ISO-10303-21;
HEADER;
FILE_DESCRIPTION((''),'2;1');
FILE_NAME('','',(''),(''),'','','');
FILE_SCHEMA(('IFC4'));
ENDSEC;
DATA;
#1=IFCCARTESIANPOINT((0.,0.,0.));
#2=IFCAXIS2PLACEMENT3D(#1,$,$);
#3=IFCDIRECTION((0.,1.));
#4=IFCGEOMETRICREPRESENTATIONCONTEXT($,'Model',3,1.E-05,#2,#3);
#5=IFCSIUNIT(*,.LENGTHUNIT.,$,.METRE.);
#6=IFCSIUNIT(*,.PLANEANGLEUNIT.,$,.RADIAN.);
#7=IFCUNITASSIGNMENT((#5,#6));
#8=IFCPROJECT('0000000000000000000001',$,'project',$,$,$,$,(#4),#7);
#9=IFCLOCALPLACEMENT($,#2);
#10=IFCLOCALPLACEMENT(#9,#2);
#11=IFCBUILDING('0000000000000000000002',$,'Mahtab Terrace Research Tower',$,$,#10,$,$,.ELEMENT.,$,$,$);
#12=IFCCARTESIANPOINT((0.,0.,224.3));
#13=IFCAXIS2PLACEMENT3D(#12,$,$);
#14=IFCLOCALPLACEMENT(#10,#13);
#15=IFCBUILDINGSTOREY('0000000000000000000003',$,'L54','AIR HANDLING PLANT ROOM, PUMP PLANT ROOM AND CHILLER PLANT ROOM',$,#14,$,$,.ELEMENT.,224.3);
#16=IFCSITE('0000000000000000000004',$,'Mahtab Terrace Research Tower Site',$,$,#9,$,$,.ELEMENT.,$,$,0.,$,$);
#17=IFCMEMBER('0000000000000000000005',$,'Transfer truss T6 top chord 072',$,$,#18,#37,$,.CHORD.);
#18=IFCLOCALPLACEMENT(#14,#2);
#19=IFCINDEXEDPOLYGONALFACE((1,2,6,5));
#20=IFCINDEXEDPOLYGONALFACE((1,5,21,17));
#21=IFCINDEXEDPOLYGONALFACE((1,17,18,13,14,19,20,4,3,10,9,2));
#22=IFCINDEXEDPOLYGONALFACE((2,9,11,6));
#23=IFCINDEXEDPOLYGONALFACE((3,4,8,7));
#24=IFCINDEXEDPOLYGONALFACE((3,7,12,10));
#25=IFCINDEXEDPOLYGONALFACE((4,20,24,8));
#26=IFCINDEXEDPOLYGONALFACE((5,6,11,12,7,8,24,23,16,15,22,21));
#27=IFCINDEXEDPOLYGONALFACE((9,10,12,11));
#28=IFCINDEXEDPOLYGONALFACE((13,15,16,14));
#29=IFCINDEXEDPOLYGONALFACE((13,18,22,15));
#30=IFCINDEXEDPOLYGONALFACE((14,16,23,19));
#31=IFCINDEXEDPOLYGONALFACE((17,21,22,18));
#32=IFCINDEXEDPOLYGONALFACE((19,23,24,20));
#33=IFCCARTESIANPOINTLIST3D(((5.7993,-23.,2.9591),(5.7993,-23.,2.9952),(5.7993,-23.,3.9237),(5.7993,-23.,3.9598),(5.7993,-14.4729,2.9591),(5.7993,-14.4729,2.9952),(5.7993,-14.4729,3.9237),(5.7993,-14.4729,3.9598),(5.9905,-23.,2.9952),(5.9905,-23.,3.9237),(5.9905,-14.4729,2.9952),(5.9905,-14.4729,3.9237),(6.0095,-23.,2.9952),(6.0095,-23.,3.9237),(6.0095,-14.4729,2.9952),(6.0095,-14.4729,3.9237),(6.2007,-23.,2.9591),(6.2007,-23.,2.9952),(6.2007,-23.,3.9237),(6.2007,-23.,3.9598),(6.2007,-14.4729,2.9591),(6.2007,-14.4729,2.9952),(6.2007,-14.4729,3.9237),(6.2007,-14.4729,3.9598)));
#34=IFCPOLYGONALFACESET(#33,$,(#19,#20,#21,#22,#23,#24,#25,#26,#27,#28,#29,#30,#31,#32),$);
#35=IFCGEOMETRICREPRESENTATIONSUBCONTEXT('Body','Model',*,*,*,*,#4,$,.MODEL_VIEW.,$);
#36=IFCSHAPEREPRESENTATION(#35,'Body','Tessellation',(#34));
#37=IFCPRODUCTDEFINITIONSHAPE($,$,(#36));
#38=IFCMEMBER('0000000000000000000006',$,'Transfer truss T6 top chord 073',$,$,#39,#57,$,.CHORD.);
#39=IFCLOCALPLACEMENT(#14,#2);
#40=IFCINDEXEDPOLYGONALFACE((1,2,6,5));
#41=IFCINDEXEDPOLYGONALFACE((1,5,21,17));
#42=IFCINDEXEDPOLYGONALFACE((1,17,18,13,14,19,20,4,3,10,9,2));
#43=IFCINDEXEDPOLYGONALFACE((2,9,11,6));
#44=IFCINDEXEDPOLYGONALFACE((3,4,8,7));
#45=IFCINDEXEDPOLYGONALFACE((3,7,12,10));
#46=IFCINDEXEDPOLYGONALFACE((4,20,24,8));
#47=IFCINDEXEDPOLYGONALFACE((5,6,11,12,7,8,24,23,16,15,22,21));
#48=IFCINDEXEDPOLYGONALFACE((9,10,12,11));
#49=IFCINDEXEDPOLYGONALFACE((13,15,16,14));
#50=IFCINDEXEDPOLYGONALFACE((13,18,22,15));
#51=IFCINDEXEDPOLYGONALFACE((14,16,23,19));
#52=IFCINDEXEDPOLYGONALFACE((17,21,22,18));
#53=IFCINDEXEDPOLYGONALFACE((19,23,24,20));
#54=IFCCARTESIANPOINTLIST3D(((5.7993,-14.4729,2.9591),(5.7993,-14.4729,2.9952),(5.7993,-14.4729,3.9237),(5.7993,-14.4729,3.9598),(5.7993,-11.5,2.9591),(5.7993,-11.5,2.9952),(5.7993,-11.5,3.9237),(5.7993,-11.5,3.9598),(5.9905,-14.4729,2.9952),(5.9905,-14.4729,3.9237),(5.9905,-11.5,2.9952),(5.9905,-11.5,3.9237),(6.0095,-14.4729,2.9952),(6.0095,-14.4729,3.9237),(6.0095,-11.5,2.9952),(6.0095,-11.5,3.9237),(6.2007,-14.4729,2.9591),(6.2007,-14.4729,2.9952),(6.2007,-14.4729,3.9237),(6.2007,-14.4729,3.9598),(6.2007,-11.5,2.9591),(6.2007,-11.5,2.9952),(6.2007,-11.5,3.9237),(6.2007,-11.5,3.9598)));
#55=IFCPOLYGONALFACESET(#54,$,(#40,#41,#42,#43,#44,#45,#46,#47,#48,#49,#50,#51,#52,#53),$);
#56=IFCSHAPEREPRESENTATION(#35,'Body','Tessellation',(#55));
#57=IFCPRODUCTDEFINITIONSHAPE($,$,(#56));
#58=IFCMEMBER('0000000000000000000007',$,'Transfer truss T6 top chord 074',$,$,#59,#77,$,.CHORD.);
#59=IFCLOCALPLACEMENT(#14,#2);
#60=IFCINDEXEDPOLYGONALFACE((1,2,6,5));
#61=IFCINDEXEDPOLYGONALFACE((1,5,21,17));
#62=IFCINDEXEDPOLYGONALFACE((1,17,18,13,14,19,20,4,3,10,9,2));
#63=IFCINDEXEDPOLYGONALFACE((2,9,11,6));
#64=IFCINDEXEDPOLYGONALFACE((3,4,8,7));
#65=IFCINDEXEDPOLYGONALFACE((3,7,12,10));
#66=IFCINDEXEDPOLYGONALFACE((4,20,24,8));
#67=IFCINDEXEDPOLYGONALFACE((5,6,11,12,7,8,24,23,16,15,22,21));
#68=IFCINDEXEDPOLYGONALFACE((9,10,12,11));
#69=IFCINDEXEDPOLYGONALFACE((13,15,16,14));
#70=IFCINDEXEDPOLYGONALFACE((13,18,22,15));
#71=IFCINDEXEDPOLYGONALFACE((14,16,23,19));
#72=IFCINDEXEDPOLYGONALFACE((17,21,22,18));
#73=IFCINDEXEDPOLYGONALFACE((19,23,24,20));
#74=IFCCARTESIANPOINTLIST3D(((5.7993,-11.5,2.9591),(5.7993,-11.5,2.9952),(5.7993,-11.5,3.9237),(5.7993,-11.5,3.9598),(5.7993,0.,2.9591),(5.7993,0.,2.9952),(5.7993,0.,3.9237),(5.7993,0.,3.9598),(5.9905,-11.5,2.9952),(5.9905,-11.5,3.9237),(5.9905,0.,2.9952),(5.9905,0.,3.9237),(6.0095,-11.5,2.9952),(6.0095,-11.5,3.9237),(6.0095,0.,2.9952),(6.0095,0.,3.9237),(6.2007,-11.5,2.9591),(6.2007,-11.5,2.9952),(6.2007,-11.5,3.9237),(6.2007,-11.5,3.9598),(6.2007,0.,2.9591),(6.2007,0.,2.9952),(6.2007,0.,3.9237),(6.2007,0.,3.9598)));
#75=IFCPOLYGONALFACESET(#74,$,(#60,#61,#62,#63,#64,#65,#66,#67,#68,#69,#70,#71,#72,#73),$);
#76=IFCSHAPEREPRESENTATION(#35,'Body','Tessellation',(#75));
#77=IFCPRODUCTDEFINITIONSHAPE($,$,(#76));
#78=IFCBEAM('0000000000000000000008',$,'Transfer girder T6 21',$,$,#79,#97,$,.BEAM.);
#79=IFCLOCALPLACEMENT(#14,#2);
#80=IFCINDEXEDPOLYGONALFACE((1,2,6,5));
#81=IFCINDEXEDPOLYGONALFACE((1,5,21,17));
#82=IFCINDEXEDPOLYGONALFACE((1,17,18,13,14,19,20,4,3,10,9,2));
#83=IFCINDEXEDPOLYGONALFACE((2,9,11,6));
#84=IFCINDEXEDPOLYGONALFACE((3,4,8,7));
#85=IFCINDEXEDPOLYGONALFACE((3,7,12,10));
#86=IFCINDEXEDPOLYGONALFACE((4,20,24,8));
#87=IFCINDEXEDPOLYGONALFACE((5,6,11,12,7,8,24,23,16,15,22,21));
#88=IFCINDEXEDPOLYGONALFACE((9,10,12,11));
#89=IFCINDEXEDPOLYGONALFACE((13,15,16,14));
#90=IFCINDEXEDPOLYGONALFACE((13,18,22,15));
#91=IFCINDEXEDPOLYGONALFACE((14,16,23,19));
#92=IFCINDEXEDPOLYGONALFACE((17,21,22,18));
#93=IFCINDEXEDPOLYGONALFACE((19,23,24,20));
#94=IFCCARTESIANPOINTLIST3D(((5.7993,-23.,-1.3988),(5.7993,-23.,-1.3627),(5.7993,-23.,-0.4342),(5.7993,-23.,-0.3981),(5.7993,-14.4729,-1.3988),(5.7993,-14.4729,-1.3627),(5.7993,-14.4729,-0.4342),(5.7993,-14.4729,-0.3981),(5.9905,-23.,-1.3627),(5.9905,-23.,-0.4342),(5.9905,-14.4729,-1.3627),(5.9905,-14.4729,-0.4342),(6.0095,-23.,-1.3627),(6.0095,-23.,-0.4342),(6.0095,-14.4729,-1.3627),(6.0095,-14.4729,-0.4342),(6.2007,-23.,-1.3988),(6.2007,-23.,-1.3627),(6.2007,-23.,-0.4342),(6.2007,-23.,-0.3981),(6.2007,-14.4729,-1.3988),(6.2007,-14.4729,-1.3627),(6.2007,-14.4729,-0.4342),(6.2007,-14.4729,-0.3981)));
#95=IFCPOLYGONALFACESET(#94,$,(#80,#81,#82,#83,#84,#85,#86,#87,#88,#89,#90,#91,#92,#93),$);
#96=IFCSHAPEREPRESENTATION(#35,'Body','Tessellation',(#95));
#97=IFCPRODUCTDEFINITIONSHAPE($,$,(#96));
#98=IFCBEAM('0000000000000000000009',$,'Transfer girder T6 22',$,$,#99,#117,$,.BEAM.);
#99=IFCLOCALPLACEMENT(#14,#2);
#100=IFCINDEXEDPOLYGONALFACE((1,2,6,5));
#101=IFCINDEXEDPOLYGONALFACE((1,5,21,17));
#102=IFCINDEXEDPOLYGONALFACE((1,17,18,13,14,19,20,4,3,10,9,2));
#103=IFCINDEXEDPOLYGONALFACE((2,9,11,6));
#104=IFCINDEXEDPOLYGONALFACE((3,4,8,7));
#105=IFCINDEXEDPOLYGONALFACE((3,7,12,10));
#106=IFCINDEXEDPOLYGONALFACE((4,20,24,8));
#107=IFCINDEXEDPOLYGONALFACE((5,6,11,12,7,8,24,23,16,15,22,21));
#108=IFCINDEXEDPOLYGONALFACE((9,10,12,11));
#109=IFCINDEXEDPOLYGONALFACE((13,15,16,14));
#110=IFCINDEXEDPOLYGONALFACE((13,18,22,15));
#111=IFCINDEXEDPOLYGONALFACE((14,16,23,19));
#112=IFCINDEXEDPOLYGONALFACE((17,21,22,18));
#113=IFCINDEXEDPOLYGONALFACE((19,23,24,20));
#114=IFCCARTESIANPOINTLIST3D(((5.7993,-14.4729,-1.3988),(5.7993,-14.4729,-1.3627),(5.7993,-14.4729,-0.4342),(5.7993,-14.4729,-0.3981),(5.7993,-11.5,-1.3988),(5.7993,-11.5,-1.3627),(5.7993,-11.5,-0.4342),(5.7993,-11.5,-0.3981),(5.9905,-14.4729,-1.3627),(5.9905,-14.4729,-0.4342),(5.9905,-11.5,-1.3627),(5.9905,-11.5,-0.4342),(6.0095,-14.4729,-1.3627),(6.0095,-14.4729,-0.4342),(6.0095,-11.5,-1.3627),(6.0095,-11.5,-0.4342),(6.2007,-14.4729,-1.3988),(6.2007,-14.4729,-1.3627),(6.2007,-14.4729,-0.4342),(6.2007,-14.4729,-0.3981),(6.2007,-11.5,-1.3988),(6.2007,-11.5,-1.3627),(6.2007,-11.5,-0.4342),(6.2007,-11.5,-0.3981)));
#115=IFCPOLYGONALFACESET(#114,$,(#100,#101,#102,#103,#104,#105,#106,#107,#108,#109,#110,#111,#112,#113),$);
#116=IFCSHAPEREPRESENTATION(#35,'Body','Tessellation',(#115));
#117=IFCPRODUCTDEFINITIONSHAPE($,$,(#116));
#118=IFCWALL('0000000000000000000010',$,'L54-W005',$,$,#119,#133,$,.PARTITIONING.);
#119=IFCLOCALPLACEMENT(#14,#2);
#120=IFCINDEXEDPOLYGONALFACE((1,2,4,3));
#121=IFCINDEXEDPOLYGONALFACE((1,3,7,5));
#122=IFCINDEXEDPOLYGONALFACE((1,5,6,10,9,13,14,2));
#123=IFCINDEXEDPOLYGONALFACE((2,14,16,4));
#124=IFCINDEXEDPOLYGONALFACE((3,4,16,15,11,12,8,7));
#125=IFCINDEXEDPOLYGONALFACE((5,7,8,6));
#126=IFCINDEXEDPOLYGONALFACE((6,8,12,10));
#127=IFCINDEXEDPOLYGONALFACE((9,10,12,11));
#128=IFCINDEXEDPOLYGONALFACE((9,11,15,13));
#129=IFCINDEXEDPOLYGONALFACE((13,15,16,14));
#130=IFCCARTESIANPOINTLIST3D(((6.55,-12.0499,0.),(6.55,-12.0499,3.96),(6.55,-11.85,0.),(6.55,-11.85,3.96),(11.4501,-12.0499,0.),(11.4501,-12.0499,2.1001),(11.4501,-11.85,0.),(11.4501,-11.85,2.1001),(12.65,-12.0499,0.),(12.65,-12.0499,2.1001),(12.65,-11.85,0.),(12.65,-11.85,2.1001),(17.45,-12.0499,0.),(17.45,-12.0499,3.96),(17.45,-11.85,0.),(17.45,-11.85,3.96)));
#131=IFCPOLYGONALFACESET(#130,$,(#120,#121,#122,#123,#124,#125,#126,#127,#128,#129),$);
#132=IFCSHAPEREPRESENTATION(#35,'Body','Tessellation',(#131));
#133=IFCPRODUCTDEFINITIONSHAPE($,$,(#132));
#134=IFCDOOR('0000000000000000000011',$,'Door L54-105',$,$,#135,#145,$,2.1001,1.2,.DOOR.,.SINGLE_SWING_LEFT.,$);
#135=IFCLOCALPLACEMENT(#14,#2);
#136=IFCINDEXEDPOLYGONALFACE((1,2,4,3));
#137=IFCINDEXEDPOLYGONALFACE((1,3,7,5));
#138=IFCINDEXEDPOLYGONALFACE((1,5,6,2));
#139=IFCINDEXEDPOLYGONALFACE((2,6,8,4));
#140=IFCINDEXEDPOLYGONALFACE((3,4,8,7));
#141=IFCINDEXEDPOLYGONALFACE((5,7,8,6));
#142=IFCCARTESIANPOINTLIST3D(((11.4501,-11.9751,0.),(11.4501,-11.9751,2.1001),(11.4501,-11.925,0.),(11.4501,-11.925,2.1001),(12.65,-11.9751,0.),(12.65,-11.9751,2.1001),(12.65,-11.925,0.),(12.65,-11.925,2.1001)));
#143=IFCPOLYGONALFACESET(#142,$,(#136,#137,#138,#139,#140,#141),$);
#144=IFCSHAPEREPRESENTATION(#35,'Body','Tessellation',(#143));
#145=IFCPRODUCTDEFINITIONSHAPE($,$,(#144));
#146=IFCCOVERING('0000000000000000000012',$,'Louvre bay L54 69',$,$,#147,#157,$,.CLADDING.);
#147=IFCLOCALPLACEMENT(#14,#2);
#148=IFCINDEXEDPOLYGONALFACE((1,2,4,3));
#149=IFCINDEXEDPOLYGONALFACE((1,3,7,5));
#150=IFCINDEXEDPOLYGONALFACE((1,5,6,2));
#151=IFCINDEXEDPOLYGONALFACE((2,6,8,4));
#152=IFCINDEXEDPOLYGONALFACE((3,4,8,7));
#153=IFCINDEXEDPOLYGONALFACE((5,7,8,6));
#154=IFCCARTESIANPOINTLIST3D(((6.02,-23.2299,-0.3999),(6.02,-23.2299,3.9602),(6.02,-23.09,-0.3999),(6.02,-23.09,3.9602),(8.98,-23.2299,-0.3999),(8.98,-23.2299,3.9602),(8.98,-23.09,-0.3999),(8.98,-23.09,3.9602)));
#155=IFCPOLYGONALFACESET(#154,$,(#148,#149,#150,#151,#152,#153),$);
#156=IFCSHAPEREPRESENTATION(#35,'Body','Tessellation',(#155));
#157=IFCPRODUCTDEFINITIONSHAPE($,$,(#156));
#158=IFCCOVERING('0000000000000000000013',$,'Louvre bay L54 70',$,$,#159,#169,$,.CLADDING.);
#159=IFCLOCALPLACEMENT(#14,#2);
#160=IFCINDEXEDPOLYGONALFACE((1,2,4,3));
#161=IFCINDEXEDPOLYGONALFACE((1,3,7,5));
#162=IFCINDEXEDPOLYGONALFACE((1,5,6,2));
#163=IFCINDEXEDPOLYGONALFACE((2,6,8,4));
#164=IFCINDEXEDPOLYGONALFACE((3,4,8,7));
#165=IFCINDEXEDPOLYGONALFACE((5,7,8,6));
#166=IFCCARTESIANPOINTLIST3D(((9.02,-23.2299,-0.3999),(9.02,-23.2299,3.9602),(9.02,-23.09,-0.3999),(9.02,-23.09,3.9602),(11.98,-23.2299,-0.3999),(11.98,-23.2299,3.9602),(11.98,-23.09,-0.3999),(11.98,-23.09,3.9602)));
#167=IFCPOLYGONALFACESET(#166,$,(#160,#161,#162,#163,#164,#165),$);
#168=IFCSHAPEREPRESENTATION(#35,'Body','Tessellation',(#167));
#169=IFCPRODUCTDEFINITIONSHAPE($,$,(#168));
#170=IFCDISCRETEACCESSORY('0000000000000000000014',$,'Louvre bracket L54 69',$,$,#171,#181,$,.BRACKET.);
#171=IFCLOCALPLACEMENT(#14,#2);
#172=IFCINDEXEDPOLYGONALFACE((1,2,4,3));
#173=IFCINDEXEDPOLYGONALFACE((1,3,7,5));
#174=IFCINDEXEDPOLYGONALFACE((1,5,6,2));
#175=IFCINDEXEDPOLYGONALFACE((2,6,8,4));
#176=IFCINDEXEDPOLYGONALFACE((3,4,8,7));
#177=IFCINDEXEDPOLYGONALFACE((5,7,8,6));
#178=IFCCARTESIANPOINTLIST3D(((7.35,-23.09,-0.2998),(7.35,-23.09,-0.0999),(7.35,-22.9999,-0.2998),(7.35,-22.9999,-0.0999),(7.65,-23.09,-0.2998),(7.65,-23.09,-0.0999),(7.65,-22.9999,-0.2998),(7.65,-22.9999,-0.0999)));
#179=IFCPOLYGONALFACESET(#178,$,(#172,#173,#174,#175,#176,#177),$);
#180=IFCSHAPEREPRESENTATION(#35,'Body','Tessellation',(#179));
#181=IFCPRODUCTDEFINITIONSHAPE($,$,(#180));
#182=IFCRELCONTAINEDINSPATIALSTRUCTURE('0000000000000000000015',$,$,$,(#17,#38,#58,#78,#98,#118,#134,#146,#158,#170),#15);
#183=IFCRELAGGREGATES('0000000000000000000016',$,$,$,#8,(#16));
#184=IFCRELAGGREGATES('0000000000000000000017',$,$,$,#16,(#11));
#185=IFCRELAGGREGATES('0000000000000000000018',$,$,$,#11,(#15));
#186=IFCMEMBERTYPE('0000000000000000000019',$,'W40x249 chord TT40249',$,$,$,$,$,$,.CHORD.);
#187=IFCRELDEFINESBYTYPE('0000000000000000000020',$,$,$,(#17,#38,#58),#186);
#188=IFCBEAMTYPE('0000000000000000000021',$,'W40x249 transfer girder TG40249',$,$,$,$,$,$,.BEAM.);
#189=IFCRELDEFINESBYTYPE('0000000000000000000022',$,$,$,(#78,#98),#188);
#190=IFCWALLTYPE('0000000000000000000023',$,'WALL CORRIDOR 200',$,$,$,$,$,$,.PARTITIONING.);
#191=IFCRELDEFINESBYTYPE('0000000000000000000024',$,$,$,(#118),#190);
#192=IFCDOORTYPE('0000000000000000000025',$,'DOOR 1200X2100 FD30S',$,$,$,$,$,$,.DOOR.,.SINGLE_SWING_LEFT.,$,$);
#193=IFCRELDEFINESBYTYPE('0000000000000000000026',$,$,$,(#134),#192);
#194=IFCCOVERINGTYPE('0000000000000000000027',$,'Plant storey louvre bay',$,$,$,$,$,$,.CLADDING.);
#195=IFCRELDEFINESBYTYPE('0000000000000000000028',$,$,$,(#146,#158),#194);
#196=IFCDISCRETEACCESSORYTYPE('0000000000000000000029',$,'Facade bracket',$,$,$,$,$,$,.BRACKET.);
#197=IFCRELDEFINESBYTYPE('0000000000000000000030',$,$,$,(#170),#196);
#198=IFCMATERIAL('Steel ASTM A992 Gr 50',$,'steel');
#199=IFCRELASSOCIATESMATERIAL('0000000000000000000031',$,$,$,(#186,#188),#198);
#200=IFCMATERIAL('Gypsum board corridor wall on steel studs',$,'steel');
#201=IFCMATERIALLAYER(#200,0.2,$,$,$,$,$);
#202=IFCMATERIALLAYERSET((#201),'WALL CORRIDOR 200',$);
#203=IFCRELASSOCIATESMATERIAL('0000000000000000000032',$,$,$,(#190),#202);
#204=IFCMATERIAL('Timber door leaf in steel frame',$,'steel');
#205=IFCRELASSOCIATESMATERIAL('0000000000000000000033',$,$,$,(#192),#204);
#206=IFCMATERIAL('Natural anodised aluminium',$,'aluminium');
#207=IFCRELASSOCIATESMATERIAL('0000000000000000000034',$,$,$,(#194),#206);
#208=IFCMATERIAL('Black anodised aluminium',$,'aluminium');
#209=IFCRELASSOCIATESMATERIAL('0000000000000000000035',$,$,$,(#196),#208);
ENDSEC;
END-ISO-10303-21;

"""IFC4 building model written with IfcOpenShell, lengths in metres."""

from ifc_helpers import new_model, si_unit, direction, frame, frame_2d, origin, origin_2d, place, context, subcontext, project, spatial, rectangle, i_section, extrude, material, layer, layer_set, material_profile, profile_set, type_object, element, fill, save


model = new_model("IFC4")

# Units and contexts
model_context = context("Model", 3, precision=1e-05, world=origin(), true_north=direction((0.0, 1.0)))
body_context = subcontext(model_context, "Body", "Model", "MODEL_VIEW")
ifc_project = project(units=[si_unit("LENGTHUNIT", "METRE"), si_unit("PLANEANGLEUNIT", "RADIAN")], contexts=[model_context])

# Site, building, storey
site_placement = place(None, origin())
site = spatial("IfcSite", under=ifc_project, at=site_placement, Name="Mahtab Terrace Research Tower Site", CompositionType="ELEMENT", RefElevation=0.0)
building_placement = place(site_placement, origin())
building = spatial("IfcBuilding", under=site, at=building_placement, Name="Mahtab Terrace Research Tower", CompositionType="ELEMENT")
storey_placement = place(building_placement, frame((0.0, 0.0, 224.3)))
storey = spatial("IfcBuildingStorey", under=building, at=storey_placement, Name="L54", Description="AIR HANDLING PLANT ROOM, PUMP PLANT ROOM AND CHILLER PLANT ROOM", CompositionType="ELEMENT", Elevation=224.3)

# Members
ifc_material_1 = material(Name="Steel ASTM A992 Gr 50", Category="steel")
ifc_material_profile_1 = material_profile(ifc_material_1, i_section(OverallWidth=0.4014, OverallDepth=1.0007, WebThickness=0.019, FlangeThickness=0.0361, at=origin_2d()), Name="W40X249")
ifc_profile_set_1 = profile_set([ifc_material_profile_1], Name="Steel ASTM A992 Gr 50")
member_type_1 = type_object("IfcMemberType", Name="W40x249 chord TT40249", PredefinedType="CHORD", material=ifc_profile_set_1)
member_1_placement = place(storey_placement, frame((6.0, -23.0, 3.4595), z_axis=(0.0, 1.0, 0.0), x_axis=(-1.0, 0.0, 0.0)))
element("IfcMember", 1, at=member_1_placement, inside=storey, type_object=member_type_1, Name="Transfer truss T6 top chord 072", PredefinedType="CHORD", context=body_context, shape_type="SweptSolid", body=[
    extrude(i_section(OverallWidth=0.4014, OverallDepth=1.0007, WebThickness=0.019, FlangeThickness=0.0361, at=origin_2d()), origin(), (0.0, 0.0, 1.0), 8.5271),
])
member_2_placement = place(storey_placement, frame((6.0, -14.4729, 3.4595), z_axis=(0.0, 1.0, 0.0), x_axis=(-1.0, 0.0, 0.0)))
element("IfcMember", 2, at=member_2_placement, inside=storey, type_object=member_type_1, Name="Transfer truss T6 top chord 073", PredefinedType="CHORD", context=body_context, shape_type="SweptSolid", body=[
    extrude(i_section(OverallWidth=0.4014, OverallDepth=1.0007, WebThickness=0.019, FlangeThickness=0.0361, at=origin_2d()), origin(), (0.0, 0.0, 1.0), 2.9729),
])
member_3_placement = place(storey_placement, frame((6.0, -11.5, 3.4595), z_axis=(0.0, 1.0, 0.0), x_axis=(-1.0, 0.0, 0.0)))
element("IfcMember", 3, at=member_3_placement, inside=storey, type_object=member_type_1, Name="Transfer truss T6 top chord 074", PredefinedType="CHORD", context=body_context, shape_type="SweptSolid", body=[
    extrude(i_section(OverallWidth=0.4014, OverallDepth=1.0007, WebThickness=0.019, FlangeThickness=0.0361, at=origin_2d()), origin(), (0.0, 0.0, 1.0), 11.5),
])

# Beams
ifc_material_profile_2 = material_profile(ifc_material_1, i_section(OverallWidth=0.4014, OverallDepth=1.0007, WebThickness=0.019, FlangeThickness=0.0361, at=origin_2d()), Name="W40X249")
ifc_profile_set_2 = profile_set([ifc_material_profile_2], Name="Steel ASTM A992 Gr 50")
beam_type = type_object("IfcBeamType", Name="W40x249 transfer girder TG40249", PredefinedType="BEAM", material=ifc_profile_set_2)
beam_1_placement = place(storey_placement, frame((6.0, -23.0, -0.8984), z_axis=(0.0, 1.0, 0.0), x_axis=(-1.0, 0.0, 0.0)))
element("IfcBeam", 4, at=beam_1_placement, inside=storey, type_object=beam_type, Name="Transfer girder T6 21", PredefinedType="BEAM", context=body_context, shape_type="SweptSolid", body=[
    extrude(i_section(OverallWidth=0.4014, OverallDepth=1.0007, WebThickness=0.019, FlangeThickness=0.0361, at=origin_2d()), origin(), (0.0, 0.0, 1.0), 8.5271),
])
beam_2_placement = place(storey_placement, frame((6.0, -14.4729, -0.8984), z_axis=(0.0, 1.0, 0.0), x_axis=(-1.0, 0.0, 0.0)))
element("IfcBeam", 5, at=beam_2_placement, inside=storey, type_object=beam_type, Name="Transfer girder T6 22", PredefinedType="BEAM", context=body_context, shape_type="SweptSolid", body=[
    extrude(i_section(OverallWidth=0.4014, OverallDepth=1.0007, WebThickness=0.019, FlangeThickness=0.0361, at=origin_2d()), origin(), (0.0, 0.0, 1.0), 2.9729),
])

# Wall, opening, door
ifc_material_2 = material(Name="Gypsum board corridor wall on steel studs", Category="steel")
ifc_layer_1 = layer(ifc_material_2, 0.2)
ifc_layer_set_1 = layer_set([ifc_layer_1], Name="WALL CORRIDOR 200")
wall_type = type_object("IfcWallType", Name="WALL CORRIDOR 200", PredefinedType="PARTITIONING", material=ifc_layer_set_1)
wall_placement = place(storey_placement, frame((6.55, -11.95, 0.0), z_axis=(0.0, 0.0, 1.0), x_axis=(1.0, 0.0, 0.0)))
wall = element("IfcWall", 6, at=wall_placement, inside=storey, type_object=wall_type, Name="L54-W005", PredefinedType="PARTITIONING", context=body_context, shape_type="SweptSolid", body=[
    extrude(rectangle(XDim=10.8999, YDim=0.2, at=frame_2d((5.45, 0.0))), origin(), (0.0, 0.0, 1.0), 3.96),
])
opening_placement = place(wall_placement, frame((4.8999, 0.0, 0.0)))
opening = element("IfcOpeningElement", 7, at=opening_placement, cuts=wall, PredefinedType="OPENING", context=body_context, shape_type="SweptSolid", body=[
    extrude(rectangle(XDim=1.2, YDim=2.1001, at=frame_2d((0.6001, 1.05))), frame((0.0, 0.1099, 0.0), z_axis=(0.0, -1.0, 0.0), x_axis=(1.0, 0.0, 0.0)), (0.0, 0.0, 1.0), 0.22),
])
ifc_material_3 = material(Name="Timber door leaf in steel frame", Category="steel")
door_type = type_object("IfcDoorType", Name="DOOR 1200X2100 FD30S", OperationType="SINGLE_SWING_LEFT", PredefinedType="DOOR", material=ifc_material_3)
door_placement = place(opening_placement, origin())
door = element("IfcDoor", 8, at=door_placement, inside=storey, type_object=door_type, Name="Door L54-105", OperationType="SINGLE_SWING_LEFT", OverallHeight=2.1001, OverallWidth=1.2, PredefinedType="DOOR", context=body_context, shape_type="SweptSolid", body=[
    extrude(rectangle(XDim=1.2, YDim=2.1001, at=frame_2d((0.6001, 1.05))), frame((0.0, 0.0249, 0.0), z_axis=(0.0, -1.0, 0.0), x_axis=(1.0, 0.0, 0.0)), (0.0, 0.0, 1.0), 0.05),
])
fill(opening, door)

# Coverings
ifc_material_4 = material(Name="Natural anodised aluminium", Category="aluminium")
covering_type = type_object("IfcCoveringType", Name="Plant storey louvre bay", PredefinedType="CLADDING", material=ifc_material_4)
for number, where, z_axis, x_axis, name in (
    (9, (7.5, -23.1599, -0.3999), (0.0, 0.0, 1.0), (1.0, 0.0, 0.0), "Louvre bay L54 69"),
    (10, (10.5, -23.1599, -0.3999), (0.0, 0.0, 1.0), (1.0, 0.0, 0.0), "Louvre bay L54 70"),
):
    element("IfcCovering", number, at=place(storey_placement, frame(where, z_axis=z_axis, x_axis=x_axis)), inside=storey, type_object=covering_type, Name=name, PredefinedType="CLADDING", context=body_context, shape_type="SweptSolid", body=[
        extrude(rectangle(XDim=2.96, YDim=0.1399, at=origin_2d()), origin(), (0.0, 0.0, 1.0), 4.3601),
    ])

# Discrete accessory
ifc_material_5 = material(Name="Black anodised aluminium", Category="aluminium")
discrete_accessory_type_1 = type_object("IfcDiscreteAccessoryType", Name="Facade bracket", PredefinedType="BRACKET", material=ifc_material_5)
for number, where, z_axis, x_axis, name in (
    (11, (7.5, -23.0449, -0.2998), (0.0, 0.0, 1.0), (1.0, 0.0, 0.0), "Louvre bracket L54 69"),
):
    element("IfcDiscreteAccessory", number, at=place(storey_placement, frame(where, z_axis=z_axis, x_axis=x_axis)), inside=storey, type_object=discrete_accessory_type_1, Name=name, PredefinedType="BRACKET", context=body_context, shape_type="SweptSolid", body=[
        extrude(rectangle(XDim=0.3, YDim=0.0901, at=origin_2d()), origin(), (0.0, 0.0, 1.0), 0.2),
    ])

save(model, "model.ifc")
